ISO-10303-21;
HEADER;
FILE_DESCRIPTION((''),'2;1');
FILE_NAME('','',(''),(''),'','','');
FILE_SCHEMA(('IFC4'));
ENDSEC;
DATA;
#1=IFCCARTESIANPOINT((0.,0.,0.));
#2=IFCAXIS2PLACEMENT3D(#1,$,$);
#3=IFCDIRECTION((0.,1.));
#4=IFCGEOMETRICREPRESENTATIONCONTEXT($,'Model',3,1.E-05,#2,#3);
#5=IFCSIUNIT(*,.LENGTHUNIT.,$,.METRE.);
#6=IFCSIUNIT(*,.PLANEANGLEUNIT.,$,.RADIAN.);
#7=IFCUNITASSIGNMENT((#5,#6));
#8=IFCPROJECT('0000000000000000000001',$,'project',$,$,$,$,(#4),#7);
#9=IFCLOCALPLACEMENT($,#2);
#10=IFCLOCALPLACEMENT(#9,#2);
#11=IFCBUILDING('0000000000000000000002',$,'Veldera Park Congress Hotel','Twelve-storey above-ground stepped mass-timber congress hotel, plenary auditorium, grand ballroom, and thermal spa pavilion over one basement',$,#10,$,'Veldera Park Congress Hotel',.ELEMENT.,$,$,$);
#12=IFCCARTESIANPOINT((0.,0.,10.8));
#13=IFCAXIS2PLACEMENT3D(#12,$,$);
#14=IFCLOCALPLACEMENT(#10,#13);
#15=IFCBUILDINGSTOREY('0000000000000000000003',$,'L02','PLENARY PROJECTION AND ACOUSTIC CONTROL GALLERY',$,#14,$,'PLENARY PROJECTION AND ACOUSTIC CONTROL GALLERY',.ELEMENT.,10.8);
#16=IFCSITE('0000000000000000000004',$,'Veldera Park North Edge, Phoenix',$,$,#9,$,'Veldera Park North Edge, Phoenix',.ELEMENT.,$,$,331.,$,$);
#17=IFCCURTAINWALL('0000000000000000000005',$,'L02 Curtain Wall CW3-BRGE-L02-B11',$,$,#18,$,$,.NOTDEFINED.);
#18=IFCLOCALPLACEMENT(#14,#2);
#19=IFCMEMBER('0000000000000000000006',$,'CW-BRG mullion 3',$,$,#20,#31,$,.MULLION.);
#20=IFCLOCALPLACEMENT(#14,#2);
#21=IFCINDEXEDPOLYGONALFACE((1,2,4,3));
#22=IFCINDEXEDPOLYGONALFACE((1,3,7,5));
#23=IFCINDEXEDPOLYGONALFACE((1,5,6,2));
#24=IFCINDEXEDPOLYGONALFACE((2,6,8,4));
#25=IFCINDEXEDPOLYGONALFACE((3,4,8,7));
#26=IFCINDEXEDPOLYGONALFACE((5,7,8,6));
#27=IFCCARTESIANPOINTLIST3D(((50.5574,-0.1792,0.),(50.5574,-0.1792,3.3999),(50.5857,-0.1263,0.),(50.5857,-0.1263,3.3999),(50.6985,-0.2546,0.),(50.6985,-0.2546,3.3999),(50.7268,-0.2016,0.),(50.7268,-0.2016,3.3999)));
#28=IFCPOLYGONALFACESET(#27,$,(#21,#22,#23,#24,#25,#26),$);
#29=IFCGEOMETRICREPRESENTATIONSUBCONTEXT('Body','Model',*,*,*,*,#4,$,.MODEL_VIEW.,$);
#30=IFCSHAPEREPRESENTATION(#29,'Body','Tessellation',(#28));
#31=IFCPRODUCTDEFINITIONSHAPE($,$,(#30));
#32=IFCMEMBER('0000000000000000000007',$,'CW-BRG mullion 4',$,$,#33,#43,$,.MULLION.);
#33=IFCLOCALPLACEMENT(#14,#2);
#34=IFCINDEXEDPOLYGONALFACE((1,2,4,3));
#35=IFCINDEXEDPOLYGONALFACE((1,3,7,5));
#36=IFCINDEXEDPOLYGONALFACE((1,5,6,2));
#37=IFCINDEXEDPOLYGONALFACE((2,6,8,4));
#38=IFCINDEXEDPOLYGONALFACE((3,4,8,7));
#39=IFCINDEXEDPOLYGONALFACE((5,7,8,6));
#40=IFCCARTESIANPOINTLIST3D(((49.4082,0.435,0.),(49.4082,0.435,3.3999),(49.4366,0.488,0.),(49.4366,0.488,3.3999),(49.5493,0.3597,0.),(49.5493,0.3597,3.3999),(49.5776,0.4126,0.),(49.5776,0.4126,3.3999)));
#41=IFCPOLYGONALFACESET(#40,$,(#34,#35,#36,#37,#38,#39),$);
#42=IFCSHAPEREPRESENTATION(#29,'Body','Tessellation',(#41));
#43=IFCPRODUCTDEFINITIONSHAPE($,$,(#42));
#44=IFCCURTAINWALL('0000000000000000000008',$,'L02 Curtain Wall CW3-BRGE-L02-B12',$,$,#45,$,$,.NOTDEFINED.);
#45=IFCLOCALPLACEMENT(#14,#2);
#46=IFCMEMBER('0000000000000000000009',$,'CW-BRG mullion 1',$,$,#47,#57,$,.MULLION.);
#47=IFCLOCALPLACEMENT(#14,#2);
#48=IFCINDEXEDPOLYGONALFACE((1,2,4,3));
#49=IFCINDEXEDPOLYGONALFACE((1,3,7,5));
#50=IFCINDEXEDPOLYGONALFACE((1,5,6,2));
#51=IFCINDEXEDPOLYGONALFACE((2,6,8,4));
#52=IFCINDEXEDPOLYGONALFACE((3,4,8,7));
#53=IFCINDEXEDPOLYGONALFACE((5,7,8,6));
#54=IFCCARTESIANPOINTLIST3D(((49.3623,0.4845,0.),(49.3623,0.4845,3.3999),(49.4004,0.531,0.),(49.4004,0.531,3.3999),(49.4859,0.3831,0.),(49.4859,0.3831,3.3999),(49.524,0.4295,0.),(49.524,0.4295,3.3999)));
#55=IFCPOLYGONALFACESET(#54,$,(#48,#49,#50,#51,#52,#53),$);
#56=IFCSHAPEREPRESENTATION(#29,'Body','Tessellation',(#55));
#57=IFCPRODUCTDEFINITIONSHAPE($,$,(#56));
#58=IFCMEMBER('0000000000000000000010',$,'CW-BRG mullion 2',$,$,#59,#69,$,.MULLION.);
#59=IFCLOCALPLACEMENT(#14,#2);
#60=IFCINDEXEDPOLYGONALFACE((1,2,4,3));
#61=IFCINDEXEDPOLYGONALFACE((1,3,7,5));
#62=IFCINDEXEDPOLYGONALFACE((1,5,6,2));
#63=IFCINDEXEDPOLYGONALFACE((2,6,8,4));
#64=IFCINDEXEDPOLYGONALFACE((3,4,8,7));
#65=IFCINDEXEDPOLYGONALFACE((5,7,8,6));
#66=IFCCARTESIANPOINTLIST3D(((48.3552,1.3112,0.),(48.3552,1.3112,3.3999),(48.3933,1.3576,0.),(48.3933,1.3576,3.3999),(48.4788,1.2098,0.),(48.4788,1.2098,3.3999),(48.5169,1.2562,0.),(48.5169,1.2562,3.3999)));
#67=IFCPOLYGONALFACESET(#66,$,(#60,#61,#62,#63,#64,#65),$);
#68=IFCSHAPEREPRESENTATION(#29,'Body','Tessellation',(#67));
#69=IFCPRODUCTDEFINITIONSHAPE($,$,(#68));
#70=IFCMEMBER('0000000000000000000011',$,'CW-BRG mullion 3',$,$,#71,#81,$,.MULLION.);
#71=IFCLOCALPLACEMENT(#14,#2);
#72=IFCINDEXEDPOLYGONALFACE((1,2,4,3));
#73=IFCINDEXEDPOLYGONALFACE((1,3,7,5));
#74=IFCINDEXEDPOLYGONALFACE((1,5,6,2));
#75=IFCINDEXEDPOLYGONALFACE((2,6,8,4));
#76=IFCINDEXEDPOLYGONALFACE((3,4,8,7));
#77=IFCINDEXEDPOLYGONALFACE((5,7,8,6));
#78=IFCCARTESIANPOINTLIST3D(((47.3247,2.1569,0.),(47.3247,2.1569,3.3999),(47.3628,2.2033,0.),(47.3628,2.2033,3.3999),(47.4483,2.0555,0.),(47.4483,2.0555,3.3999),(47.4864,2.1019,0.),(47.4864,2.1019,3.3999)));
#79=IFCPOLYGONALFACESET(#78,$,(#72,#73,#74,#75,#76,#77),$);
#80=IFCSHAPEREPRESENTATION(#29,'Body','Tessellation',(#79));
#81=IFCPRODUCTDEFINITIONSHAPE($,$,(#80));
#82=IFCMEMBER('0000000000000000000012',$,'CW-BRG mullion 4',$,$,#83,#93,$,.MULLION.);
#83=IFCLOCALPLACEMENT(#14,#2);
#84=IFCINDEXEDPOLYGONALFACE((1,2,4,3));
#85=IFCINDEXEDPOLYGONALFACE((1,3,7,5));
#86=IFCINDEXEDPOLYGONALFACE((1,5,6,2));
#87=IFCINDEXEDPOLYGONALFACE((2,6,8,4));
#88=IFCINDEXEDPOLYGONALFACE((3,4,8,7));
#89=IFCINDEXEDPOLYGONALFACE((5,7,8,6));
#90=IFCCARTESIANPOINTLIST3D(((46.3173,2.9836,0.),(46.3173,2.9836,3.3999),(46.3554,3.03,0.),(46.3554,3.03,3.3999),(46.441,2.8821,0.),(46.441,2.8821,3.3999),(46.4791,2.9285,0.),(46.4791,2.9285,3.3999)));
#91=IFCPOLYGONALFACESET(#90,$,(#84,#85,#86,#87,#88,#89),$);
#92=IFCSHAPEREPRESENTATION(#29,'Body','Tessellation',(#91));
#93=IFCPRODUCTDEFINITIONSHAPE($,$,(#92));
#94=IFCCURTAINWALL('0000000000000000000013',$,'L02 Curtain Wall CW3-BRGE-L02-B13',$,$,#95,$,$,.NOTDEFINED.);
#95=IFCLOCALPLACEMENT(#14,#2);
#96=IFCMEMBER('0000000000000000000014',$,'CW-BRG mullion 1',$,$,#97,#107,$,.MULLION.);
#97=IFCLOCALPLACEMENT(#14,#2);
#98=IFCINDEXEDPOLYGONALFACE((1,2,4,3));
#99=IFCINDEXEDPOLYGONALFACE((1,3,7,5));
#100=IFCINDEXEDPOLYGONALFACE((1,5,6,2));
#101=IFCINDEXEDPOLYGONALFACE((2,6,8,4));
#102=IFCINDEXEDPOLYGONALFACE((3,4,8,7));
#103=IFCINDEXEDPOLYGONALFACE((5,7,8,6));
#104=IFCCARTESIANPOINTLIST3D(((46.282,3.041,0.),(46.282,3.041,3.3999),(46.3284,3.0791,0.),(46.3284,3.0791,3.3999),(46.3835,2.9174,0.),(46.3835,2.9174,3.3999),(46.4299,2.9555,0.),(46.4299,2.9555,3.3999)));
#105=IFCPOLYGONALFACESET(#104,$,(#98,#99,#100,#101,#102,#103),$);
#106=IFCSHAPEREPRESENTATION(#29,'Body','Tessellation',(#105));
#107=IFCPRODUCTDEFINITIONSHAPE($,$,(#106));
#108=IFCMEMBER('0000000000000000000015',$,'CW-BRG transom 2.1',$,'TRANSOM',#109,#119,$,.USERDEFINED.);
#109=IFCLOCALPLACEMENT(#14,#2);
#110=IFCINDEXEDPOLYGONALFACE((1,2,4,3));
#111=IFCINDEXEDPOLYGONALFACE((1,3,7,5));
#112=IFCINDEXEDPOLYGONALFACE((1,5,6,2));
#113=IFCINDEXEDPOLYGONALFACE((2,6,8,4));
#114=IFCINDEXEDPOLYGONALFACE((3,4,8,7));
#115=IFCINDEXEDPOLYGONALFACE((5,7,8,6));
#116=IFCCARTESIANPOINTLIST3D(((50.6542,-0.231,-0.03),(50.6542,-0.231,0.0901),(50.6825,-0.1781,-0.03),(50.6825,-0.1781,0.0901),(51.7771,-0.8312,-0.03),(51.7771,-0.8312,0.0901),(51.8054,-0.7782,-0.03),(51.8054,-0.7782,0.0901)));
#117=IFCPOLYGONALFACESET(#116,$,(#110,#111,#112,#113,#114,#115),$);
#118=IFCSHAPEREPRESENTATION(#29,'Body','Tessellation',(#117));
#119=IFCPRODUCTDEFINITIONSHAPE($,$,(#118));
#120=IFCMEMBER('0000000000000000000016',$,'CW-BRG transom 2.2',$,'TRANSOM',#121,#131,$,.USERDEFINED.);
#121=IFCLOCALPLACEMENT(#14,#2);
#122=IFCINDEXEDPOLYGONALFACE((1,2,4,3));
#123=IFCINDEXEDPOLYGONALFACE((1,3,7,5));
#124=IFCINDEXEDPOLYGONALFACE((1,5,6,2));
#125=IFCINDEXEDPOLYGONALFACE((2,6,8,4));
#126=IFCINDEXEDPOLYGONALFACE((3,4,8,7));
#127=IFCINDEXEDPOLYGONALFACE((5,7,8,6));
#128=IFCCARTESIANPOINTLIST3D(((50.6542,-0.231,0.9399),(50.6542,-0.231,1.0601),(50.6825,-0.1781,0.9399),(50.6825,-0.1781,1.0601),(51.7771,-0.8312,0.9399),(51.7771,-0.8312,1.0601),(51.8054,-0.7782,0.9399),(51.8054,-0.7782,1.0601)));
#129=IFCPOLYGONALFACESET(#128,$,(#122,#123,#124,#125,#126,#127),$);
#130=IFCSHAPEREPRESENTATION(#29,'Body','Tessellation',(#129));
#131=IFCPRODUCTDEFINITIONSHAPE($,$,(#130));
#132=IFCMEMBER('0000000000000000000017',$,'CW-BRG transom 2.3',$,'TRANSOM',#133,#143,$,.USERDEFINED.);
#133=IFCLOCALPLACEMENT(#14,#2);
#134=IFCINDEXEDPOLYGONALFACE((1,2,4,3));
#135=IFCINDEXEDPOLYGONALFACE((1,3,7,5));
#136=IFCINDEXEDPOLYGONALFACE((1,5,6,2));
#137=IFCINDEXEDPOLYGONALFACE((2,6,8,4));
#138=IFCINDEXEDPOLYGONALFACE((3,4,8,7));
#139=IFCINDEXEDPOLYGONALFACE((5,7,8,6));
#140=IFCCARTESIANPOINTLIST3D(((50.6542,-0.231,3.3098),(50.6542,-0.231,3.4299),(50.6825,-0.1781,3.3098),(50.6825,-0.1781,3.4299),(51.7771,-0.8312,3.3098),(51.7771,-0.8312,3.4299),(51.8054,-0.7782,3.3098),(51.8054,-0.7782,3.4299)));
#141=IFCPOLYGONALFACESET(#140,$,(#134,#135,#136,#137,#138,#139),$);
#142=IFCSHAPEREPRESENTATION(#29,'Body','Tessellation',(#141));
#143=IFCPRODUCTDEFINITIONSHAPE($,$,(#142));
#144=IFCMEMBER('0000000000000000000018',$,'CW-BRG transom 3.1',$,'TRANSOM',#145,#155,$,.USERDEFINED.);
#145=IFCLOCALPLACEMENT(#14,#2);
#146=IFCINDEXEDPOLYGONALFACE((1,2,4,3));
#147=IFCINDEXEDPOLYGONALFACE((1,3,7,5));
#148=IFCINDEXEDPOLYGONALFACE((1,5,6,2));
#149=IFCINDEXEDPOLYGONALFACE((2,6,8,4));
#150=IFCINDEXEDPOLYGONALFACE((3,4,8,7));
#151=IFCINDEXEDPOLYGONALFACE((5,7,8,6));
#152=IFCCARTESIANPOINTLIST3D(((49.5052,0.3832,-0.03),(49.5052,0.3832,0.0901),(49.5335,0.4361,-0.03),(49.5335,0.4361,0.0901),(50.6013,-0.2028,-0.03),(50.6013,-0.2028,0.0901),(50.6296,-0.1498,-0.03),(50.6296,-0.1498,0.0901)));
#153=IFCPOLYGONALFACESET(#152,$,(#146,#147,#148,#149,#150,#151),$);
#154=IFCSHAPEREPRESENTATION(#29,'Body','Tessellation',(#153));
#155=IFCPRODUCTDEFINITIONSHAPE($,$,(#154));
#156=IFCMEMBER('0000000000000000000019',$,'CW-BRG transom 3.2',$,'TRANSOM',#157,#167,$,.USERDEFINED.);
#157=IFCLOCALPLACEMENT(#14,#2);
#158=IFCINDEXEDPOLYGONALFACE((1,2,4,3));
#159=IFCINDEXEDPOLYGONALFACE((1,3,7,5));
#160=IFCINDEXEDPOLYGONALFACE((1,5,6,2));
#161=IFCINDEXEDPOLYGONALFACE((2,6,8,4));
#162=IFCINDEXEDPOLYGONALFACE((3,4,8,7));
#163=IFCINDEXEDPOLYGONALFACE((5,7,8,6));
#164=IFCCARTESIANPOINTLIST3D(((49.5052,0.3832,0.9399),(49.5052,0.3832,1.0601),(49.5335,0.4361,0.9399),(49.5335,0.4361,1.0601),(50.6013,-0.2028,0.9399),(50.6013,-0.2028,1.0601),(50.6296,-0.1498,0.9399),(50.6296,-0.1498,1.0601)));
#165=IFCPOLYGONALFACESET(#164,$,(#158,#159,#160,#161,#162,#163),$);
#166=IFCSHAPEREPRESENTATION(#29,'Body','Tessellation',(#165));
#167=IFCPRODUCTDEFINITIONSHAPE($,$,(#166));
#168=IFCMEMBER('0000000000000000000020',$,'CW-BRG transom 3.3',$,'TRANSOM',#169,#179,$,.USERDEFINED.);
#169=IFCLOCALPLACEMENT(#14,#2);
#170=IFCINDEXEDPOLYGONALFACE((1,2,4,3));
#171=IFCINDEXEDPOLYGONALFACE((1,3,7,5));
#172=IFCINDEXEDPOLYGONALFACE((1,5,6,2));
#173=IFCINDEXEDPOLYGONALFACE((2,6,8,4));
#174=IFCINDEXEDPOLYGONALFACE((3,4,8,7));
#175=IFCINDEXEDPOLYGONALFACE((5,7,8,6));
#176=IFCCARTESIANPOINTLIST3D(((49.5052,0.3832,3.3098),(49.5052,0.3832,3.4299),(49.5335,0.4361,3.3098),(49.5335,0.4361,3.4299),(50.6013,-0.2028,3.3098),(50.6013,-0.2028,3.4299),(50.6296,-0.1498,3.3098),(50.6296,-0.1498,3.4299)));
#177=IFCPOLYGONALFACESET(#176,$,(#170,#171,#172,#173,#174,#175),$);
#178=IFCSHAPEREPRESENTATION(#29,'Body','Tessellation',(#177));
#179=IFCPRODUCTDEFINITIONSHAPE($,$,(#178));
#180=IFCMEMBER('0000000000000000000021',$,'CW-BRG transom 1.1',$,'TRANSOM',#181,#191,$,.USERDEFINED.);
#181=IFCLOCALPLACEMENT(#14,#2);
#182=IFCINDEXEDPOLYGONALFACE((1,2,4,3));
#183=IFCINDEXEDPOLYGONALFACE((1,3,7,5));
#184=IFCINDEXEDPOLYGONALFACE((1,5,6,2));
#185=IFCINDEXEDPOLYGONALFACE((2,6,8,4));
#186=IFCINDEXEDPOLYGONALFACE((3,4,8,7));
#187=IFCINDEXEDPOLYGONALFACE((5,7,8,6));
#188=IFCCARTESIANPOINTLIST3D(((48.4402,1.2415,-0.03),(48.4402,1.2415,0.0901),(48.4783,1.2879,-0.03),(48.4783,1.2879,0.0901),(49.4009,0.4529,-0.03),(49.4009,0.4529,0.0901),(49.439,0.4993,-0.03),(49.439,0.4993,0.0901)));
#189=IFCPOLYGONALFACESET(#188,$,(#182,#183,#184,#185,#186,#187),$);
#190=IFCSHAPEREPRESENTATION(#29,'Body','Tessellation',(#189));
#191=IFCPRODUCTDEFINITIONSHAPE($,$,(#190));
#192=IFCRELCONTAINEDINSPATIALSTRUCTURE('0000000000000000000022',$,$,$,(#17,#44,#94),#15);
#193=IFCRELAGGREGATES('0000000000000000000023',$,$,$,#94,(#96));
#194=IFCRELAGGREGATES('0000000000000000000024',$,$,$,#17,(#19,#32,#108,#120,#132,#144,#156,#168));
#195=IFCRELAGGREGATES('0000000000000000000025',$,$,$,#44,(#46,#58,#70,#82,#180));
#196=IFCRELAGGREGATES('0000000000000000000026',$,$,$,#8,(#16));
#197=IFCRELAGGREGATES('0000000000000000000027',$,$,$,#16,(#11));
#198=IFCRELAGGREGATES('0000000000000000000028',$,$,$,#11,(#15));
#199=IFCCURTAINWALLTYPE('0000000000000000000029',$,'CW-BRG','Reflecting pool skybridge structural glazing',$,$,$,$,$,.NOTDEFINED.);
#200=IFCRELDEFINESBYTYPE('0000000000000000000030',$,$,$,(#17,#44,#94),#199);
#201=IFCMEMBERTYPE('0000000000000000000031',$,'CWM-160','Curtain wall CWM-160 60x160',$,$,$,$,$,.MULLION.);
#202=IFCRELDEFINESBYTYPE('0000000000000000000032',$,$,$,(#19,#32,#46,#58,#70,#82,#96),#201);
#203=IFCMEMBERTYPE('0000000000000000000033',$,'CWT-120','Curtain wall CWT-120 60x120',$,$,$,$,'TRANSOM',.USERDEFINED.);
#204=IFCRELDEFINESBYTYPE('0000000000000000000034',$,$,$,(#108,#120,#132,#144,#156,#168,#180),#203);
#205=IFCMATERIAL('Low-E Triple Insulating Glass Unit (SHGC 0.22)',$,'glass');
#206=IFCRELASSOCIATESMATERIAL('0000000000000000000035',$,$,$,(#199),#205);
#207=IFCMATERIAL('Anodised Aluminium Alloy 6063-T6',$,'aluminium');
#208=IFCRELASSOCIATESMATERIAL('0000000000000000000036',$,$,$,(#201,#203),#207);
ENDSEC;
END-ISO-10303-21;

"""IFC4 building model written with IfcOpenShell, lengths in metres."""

from ifc_helpers import new_model, si_unit, direction, frame, origin, origin_2d, place, context, subcontext, project, spatial, rectangle, extrude, material, material_profile, profile_set, type_object, element, aggregate, save


model = new_model("IFC4")

# Units and contexts
model_context = context("Model", 3, precision=1e-05, world=origin(), true_north=direction((0.0, 1.0)))
body_context = subcontext(model_context, "Body", "Model", "MODEL_VIEW")
ifc_project = project(units=[si_unit("LENGTHUNIT", "METRE"), si_unit("PLANEANGLEUNIT", "RADIAN")], contexts=[model_context])

# Site, building, storey
site_placement = place(None, origin())
site = spatial("IfcSite", under=ifc_project, at=site_placement, Name="Veldera Park North Edge, Phoenix", LongName="Veldera Park North Edge, Phoenix", CompositionType="ELEMENT", RefElevation=331.0)
building_placement = place(site_placement, origin())
building = spatial("IfcBuilding", under=site, at=building_placement, Name="Veldera Park Congress Hotel", Description="Twelve-storey above-ground stepped mass-timber congress hotel, plenary auditorium, grand ballroom, and thermal spa pavilion over one basement", LongName="Veldera Park Congress Hotel", CompositionType="ELEMENT")
storey_placement = place(building_placement, frame((0.0, 0.0, 10.8)))
storey = spatial("IfcBuildingStorey", under=building, at=storey_placement, Name="L02", Description="PLENARY PROJECTION AND ACOUSTIC CONTROL GALLERY", LongName="PLENARY PROJECTION AND ACOUSTIC CONTROL GALLERY", CompositionType="ELEMENT", Elevation=10.8)

# Curtain walls, members
ifc_material_1 = material(Name="Low-E Triple Insulating Glass Unit (SHGC 0.22)", Category="glass")
curtain_wall_type = type_object("IfcCurtainWallType", Name="CW-BRG", Description="Reflecting pool skybridge structural glazing", PredefinedType="NOTDEFINED", material=ifc_material_1)
curtain_wall_1_placement = place(storey_placement, origin())
curtain_wall_1 = element("IfcCurtainWall", 1, at=curtain_wall_1_placement, inside=storey, type_object=curtain_wall_type, Name="L02 Curtain Wall CW3-BRGE-L02-B11", PredefinedType="NOTDEFINED")
ifc_material_2 = material(Name="Anodised Aluminium Alloy 6063-T6", Category="aluminium")
ifc_material_profile_1 = material_profile(ifc_material_2, rectangle(XDim=0.0601, YDim=0.1599, at=origin_2d()), Name="ALU 60x160")
ifc_profile_set_1 = profile_set([ifc_material_profile_1], Name="Anodised Aluminium Alloy 6063-T6")
member_type_1 = type_object("IfcMemberType", Name="CWM-160", Description="Curtain wall CWM-160 60x160", PredefinedType="MULLION", material=ifc_profile_set_1)
member_1_placement = place(storey_placement, frame((50.6421, -0.1904, 0.0), z_axis=(0.0, 0.0, 1.0), x_axis=(-0.471384, -0.881928, 0.0)))
member_1 = element("IfcMember", 2, at=member_1_placement, type_object=member_type_1, Name="CW-BRG mullion 3", PredefinedType="MULLION", context=body_context, shape_type="SweptSolid", body=[
    extrude(rectangle(XDim=0.0601, YDim=0.1599, at=origin_2d()), origin(), (0.0, 0.0, 1.0), 3.3999),
])
member_2_placement = place(storey_placement, frame((49.4929, 0.4238, 0.0), z_axis=(0.0, 0.0, 1.0), x_axis=(-0.471384, -0.881928, 0.0)))
member_2 = element("IfcMember", 3, at=member_2_placement, type_object=member_type_1, Name="CW-BRG mullion 4", PredefinedType="MULLION", context=body_context, shape_type="SweptSolid", body=[
    extrude(rectangle(XDim=0.0601, YDim=0.1599, at=origin_2d()), origin(), (0.0, 0.0, 1.0), 3.3999),
])
curtain_wall_2_placement = place(storey_placement, origin())
curtain_wall_2 = element("IfcCurtainWall", 4, at=curtain_wall_2_placement, inside=storey, type_object=curtain_wall_type, Name="L02 Curtain Wall CW3-BRGE-L02-B12", PredefinedType="NOTDEFINED")
member_3_placement = place(storey_placement, frame((49.4431, 0.457, 0.0), z_axis=(0.0, 0.0, 1.0), x_axis=(-0.634386, -0.773016, 0.0)))
member_3 = element("IfcMember", 5, at=member_3_placement, type_object=member_type_1, Name="CW-BRG mullion 1", PredefinedType="MULLION", context=body_context, shape_type="SweptSolid", body=[
    extrude(rectangle(XDim=0.0601, YDim=0.1599, at=origin_2d()), origin(), (0.0, 0.0, 1.0), 3.3999),
])
member_4_placement = place(storey_placement, frame((48.436, 1.2837, 0.0), z_axis=(0.0, 0.0, 1.0), x_axis=(-0.634386, -0.773016, 0.0)))
member_4 = element("IfcMember", 6, at=member_4_placement, type_object=member_type_1, Name="CW-BRG mullion 2", PredefinedType="MULLION", context=body_context, shape_type="SweptSolid", body=[
    extrude(rectangle(XDim=0.0601, YDim=0.1599, at=origin_2d()), origin(), (0.0, 0.0, 1.0), 3.3999),
])
member_5_placement = place(storey_placement, frame((47.4055, 2.1294, 0.0), z_axis=(0.0, 0.0, 1.0), x_axis=(-0.634386, -0.773016, 0.0)))
member_5 = element("IfcMember", 7, at=member_5_placement, type_object=member_type_1, Name="CW-BRG mullion 3", PredefinedType="MULLION", context=body_context, shape_type="SweptSolid", body=[
    extrude(rectangle(XDim=0.0601, YDim=0.1599, at=origin_2d()), origin(), (0.0, 0.0, 1.0), 3.3999),
])
member_6_placement = place(storey_placement, frame((46.3982, 2.9561, 0.0), z_axis=(0.0, 0.0, 1.0), x_axis=(-0.634386, -0.773016, 0.0)))
member_6 = element("IfcMember", 8, at=member_6_placement, type_object=member_type_1, Name="CW-BRG mullion 4", PredefinedType="MULLION", context=body_context, shape_type="SweptSolid", body=[
    extrude(rectangle(XDim=0.0601, YDim=0.1599, at=origin_2d()), origin(), (0.0, 0.0, 1.0), 3.3999),
])

# Curtain wall, member
curtain_wall_3_placement = place(storey_placement, origin())
curtain_wall_3 = element("IfcCurtainWall", 9, at=curtain_wall_3_placement, inside=storey, type_object=curtain_wall_type, Name="L02 Curtain Wall CW3-BRGE-L02-B13", PredefinedType="NOTDEFINED")
member_7_placement = place(storey_placement, frame((46.356, 2.9983, 0.0), z_axis=(0.0, 0.0, 1.0), x_axis=(-0.773016, -0.634386, 0.0)))
member_7 = element("IfcMember", 10, at=member_7_placement, type_object=member_type_1, Name="CW-BRG mullion 1", PredefinedType="MULLION", context=body_context, shape_type="SweptSolid", body=[
    extrude(rectangle(XDim=0.0601, YDim=0.1599, at=origin_2d()), origin(), (0.0, 0.0, 1.0), 3.3999),
])

# Members
ifc_material_profile_2 = material_profile(ifc_material_2, rectangle(XDim=0.0601, YDim=0.1201, at=origin_2d()), Name="ALU 60x120")
ifc_profile_set_2 = profile_set([ifc_material_profile_2], Name="Anodised Aluminium Alloy 6063-T6")
member_type_2 = type_object("IfcMemberType", Name="CWT-120", Description="Curtain wall CWT-120 60x120", ElementType="TRANSOM", PredefinedType="USERDEFINED", material=ifc_profile_set_2)
member_8_placement = place(storey_placement, frame((51.7913, -0.8047, 0.03), z_axis=(-0.881939, 0.471364, 0.0), x_axis=(-0.471364, -0.881939, 0.0)))
member_8 = element("IfcMember", 11, at=member_8_placement, type_object=member_type_2, Name="CW-BRG transom 2.1", ObjectType="TRANSOM", PredefinedType="USERDEFINED", context=body_context, shape_type="SweptSolid", body=[
    extrude(rectangle(XDim=0.0601, YDim=0.1201, at=origin_2d()), origin(), (0.0, 0.0, 1.0), 1.2732),
])
member_9_placement = place(storey_placement, frame((51.7913, -0.8047, 1.0), z_axis=(-0.881939, 0.471364, 0.0), x_axis=(-0.471364, -0.881939, 0.0)))
member_9 = element("IfcMember", 12, at=member_9_placement, type_object=member_type_2, Name="CW-BRG transom 2.2", ObjectType="TRANSOM", PredefinedType="USERDEFINED", context=body_context, shape_type="SweptSolid", body=[
    extrude(rectangle(XDim=0.0601, YDim=0.1201, at=origin_2d()), origin(), (0.0, 0.0, 1.0), 1.2732),
])
member_10_placement = place(storey_placement, frame((51.7913, -0.8047, 3.3699), z_axis=(-0.881939, 0.471364, 0.0), x_axis=(-0.471364, -0.881939, 0.0)))
member_10 = element("IfcMember", 13, at=member_10_placement, type_object=member_type_2, Name="CW-BRG transom 2.3", ObjectType="TRANSOM", PredefinedType="USERDEFINED", context=body_context, shape_type="SweptSolid", body=[
    extrude(rectangle(XDim=0.0601, YDim=0.1201, at=origin_2d()), origin(), (0.0, 0.0, 1.0), 1.2732),
])
member_11_placement = place(storey_placement, frame((50.6155, -0.1763, 0.03), z_axis=(-0.881918, 0.471404, 0.0), x_axis=(-0.471404, -0.881918, 0.0)))
member_11 = element("IfcMember", 14, at=member_11_placement, type_object=member_type_2, Name="CW-BRG transom 3.1", ObjectType="TRANSOM", PredefinedType="USERDEFINED", context=body_context, shape_type="SweptSolid", body=[
    extrude(rectangle(XDim=0.0601, YDim=0.1201, at=origin_2d()), origin(), (0.0, 0.0, 1.0), 1.2429),
])
member_12_placement = place(storey_placement, frame((50.6155, -0.1763, 1.0), z_axis=(-0.881918, 0.471404, 0.0), x_axis=(-0.471404, -0.881918, 0.0)))
member_12 = element("IfcMember", 15, at=member_12_placement, type_object=member_type_2, Name="CW-BRG transom 3.2", ObjectType="TRANSOM", PredefinedType="USERDEFINED", context=body_context, shape_type="SweptSolid", body=[
    extrude(rectangle(XDim=0.0601, YDim=0.1201, at=origin_2d()), origin(), (0.0, 0.0, 1.0), 1.2429),
])
member_13_placement = place(storey_placement, frame((50.6155, -0.1763, 3.3699), z_axis=(-0.881918, 0.471404, 0.0), x_axis=(-0.471404, -0.881918, 0.0)))
member_13 = element("IfcMember", 16, at=member_13_placement, type_object=member_type_2, Name="CW-BRG transom 3.3", ObjectType="TRANSOM", PredefinedType="USERDEFINED", context=body_context, shape_type="SweptSolid", body=[
    extrude(rectangle(XDim=0.0601, YDim=0.1201, at=origin_2d()), origin(), (0.0, 0.0, 1.0), 1.2429),
])
member_14_placement = place(storey_placement, frame((49.4199, 0.4761, 0.03), z_axis=(-0.77295, 0.634467, 0.0), x_axis=(-0.634467, -0.77295, 0.0)))
member_14 = element("IfcMember", 17, at=member_14_placement, type_object=member_type_2, Name="CW-BRG transom 1.1", ObjectType="TRANSOM", PredefinedType="USERDEFINED", context=body_context, shape_type="SweptSolid", body=[
    extrude(rectangle(XDim=0.0601, YDim=0.1201, at=origin_2d()), origin(), (0.0, 0.0, 1.0), 1.2429),
])
aggregate(curtain_wall_3, [member_7])

aggregate(curtain_wall_1, [member_1, member_2, member_8, member_9, member_10, member_11, member_12, member_13])
aggregate(curtain_wall_2, [member_3, member_4, member_5, member_6, member_14])

save(model, "model.ifc")
